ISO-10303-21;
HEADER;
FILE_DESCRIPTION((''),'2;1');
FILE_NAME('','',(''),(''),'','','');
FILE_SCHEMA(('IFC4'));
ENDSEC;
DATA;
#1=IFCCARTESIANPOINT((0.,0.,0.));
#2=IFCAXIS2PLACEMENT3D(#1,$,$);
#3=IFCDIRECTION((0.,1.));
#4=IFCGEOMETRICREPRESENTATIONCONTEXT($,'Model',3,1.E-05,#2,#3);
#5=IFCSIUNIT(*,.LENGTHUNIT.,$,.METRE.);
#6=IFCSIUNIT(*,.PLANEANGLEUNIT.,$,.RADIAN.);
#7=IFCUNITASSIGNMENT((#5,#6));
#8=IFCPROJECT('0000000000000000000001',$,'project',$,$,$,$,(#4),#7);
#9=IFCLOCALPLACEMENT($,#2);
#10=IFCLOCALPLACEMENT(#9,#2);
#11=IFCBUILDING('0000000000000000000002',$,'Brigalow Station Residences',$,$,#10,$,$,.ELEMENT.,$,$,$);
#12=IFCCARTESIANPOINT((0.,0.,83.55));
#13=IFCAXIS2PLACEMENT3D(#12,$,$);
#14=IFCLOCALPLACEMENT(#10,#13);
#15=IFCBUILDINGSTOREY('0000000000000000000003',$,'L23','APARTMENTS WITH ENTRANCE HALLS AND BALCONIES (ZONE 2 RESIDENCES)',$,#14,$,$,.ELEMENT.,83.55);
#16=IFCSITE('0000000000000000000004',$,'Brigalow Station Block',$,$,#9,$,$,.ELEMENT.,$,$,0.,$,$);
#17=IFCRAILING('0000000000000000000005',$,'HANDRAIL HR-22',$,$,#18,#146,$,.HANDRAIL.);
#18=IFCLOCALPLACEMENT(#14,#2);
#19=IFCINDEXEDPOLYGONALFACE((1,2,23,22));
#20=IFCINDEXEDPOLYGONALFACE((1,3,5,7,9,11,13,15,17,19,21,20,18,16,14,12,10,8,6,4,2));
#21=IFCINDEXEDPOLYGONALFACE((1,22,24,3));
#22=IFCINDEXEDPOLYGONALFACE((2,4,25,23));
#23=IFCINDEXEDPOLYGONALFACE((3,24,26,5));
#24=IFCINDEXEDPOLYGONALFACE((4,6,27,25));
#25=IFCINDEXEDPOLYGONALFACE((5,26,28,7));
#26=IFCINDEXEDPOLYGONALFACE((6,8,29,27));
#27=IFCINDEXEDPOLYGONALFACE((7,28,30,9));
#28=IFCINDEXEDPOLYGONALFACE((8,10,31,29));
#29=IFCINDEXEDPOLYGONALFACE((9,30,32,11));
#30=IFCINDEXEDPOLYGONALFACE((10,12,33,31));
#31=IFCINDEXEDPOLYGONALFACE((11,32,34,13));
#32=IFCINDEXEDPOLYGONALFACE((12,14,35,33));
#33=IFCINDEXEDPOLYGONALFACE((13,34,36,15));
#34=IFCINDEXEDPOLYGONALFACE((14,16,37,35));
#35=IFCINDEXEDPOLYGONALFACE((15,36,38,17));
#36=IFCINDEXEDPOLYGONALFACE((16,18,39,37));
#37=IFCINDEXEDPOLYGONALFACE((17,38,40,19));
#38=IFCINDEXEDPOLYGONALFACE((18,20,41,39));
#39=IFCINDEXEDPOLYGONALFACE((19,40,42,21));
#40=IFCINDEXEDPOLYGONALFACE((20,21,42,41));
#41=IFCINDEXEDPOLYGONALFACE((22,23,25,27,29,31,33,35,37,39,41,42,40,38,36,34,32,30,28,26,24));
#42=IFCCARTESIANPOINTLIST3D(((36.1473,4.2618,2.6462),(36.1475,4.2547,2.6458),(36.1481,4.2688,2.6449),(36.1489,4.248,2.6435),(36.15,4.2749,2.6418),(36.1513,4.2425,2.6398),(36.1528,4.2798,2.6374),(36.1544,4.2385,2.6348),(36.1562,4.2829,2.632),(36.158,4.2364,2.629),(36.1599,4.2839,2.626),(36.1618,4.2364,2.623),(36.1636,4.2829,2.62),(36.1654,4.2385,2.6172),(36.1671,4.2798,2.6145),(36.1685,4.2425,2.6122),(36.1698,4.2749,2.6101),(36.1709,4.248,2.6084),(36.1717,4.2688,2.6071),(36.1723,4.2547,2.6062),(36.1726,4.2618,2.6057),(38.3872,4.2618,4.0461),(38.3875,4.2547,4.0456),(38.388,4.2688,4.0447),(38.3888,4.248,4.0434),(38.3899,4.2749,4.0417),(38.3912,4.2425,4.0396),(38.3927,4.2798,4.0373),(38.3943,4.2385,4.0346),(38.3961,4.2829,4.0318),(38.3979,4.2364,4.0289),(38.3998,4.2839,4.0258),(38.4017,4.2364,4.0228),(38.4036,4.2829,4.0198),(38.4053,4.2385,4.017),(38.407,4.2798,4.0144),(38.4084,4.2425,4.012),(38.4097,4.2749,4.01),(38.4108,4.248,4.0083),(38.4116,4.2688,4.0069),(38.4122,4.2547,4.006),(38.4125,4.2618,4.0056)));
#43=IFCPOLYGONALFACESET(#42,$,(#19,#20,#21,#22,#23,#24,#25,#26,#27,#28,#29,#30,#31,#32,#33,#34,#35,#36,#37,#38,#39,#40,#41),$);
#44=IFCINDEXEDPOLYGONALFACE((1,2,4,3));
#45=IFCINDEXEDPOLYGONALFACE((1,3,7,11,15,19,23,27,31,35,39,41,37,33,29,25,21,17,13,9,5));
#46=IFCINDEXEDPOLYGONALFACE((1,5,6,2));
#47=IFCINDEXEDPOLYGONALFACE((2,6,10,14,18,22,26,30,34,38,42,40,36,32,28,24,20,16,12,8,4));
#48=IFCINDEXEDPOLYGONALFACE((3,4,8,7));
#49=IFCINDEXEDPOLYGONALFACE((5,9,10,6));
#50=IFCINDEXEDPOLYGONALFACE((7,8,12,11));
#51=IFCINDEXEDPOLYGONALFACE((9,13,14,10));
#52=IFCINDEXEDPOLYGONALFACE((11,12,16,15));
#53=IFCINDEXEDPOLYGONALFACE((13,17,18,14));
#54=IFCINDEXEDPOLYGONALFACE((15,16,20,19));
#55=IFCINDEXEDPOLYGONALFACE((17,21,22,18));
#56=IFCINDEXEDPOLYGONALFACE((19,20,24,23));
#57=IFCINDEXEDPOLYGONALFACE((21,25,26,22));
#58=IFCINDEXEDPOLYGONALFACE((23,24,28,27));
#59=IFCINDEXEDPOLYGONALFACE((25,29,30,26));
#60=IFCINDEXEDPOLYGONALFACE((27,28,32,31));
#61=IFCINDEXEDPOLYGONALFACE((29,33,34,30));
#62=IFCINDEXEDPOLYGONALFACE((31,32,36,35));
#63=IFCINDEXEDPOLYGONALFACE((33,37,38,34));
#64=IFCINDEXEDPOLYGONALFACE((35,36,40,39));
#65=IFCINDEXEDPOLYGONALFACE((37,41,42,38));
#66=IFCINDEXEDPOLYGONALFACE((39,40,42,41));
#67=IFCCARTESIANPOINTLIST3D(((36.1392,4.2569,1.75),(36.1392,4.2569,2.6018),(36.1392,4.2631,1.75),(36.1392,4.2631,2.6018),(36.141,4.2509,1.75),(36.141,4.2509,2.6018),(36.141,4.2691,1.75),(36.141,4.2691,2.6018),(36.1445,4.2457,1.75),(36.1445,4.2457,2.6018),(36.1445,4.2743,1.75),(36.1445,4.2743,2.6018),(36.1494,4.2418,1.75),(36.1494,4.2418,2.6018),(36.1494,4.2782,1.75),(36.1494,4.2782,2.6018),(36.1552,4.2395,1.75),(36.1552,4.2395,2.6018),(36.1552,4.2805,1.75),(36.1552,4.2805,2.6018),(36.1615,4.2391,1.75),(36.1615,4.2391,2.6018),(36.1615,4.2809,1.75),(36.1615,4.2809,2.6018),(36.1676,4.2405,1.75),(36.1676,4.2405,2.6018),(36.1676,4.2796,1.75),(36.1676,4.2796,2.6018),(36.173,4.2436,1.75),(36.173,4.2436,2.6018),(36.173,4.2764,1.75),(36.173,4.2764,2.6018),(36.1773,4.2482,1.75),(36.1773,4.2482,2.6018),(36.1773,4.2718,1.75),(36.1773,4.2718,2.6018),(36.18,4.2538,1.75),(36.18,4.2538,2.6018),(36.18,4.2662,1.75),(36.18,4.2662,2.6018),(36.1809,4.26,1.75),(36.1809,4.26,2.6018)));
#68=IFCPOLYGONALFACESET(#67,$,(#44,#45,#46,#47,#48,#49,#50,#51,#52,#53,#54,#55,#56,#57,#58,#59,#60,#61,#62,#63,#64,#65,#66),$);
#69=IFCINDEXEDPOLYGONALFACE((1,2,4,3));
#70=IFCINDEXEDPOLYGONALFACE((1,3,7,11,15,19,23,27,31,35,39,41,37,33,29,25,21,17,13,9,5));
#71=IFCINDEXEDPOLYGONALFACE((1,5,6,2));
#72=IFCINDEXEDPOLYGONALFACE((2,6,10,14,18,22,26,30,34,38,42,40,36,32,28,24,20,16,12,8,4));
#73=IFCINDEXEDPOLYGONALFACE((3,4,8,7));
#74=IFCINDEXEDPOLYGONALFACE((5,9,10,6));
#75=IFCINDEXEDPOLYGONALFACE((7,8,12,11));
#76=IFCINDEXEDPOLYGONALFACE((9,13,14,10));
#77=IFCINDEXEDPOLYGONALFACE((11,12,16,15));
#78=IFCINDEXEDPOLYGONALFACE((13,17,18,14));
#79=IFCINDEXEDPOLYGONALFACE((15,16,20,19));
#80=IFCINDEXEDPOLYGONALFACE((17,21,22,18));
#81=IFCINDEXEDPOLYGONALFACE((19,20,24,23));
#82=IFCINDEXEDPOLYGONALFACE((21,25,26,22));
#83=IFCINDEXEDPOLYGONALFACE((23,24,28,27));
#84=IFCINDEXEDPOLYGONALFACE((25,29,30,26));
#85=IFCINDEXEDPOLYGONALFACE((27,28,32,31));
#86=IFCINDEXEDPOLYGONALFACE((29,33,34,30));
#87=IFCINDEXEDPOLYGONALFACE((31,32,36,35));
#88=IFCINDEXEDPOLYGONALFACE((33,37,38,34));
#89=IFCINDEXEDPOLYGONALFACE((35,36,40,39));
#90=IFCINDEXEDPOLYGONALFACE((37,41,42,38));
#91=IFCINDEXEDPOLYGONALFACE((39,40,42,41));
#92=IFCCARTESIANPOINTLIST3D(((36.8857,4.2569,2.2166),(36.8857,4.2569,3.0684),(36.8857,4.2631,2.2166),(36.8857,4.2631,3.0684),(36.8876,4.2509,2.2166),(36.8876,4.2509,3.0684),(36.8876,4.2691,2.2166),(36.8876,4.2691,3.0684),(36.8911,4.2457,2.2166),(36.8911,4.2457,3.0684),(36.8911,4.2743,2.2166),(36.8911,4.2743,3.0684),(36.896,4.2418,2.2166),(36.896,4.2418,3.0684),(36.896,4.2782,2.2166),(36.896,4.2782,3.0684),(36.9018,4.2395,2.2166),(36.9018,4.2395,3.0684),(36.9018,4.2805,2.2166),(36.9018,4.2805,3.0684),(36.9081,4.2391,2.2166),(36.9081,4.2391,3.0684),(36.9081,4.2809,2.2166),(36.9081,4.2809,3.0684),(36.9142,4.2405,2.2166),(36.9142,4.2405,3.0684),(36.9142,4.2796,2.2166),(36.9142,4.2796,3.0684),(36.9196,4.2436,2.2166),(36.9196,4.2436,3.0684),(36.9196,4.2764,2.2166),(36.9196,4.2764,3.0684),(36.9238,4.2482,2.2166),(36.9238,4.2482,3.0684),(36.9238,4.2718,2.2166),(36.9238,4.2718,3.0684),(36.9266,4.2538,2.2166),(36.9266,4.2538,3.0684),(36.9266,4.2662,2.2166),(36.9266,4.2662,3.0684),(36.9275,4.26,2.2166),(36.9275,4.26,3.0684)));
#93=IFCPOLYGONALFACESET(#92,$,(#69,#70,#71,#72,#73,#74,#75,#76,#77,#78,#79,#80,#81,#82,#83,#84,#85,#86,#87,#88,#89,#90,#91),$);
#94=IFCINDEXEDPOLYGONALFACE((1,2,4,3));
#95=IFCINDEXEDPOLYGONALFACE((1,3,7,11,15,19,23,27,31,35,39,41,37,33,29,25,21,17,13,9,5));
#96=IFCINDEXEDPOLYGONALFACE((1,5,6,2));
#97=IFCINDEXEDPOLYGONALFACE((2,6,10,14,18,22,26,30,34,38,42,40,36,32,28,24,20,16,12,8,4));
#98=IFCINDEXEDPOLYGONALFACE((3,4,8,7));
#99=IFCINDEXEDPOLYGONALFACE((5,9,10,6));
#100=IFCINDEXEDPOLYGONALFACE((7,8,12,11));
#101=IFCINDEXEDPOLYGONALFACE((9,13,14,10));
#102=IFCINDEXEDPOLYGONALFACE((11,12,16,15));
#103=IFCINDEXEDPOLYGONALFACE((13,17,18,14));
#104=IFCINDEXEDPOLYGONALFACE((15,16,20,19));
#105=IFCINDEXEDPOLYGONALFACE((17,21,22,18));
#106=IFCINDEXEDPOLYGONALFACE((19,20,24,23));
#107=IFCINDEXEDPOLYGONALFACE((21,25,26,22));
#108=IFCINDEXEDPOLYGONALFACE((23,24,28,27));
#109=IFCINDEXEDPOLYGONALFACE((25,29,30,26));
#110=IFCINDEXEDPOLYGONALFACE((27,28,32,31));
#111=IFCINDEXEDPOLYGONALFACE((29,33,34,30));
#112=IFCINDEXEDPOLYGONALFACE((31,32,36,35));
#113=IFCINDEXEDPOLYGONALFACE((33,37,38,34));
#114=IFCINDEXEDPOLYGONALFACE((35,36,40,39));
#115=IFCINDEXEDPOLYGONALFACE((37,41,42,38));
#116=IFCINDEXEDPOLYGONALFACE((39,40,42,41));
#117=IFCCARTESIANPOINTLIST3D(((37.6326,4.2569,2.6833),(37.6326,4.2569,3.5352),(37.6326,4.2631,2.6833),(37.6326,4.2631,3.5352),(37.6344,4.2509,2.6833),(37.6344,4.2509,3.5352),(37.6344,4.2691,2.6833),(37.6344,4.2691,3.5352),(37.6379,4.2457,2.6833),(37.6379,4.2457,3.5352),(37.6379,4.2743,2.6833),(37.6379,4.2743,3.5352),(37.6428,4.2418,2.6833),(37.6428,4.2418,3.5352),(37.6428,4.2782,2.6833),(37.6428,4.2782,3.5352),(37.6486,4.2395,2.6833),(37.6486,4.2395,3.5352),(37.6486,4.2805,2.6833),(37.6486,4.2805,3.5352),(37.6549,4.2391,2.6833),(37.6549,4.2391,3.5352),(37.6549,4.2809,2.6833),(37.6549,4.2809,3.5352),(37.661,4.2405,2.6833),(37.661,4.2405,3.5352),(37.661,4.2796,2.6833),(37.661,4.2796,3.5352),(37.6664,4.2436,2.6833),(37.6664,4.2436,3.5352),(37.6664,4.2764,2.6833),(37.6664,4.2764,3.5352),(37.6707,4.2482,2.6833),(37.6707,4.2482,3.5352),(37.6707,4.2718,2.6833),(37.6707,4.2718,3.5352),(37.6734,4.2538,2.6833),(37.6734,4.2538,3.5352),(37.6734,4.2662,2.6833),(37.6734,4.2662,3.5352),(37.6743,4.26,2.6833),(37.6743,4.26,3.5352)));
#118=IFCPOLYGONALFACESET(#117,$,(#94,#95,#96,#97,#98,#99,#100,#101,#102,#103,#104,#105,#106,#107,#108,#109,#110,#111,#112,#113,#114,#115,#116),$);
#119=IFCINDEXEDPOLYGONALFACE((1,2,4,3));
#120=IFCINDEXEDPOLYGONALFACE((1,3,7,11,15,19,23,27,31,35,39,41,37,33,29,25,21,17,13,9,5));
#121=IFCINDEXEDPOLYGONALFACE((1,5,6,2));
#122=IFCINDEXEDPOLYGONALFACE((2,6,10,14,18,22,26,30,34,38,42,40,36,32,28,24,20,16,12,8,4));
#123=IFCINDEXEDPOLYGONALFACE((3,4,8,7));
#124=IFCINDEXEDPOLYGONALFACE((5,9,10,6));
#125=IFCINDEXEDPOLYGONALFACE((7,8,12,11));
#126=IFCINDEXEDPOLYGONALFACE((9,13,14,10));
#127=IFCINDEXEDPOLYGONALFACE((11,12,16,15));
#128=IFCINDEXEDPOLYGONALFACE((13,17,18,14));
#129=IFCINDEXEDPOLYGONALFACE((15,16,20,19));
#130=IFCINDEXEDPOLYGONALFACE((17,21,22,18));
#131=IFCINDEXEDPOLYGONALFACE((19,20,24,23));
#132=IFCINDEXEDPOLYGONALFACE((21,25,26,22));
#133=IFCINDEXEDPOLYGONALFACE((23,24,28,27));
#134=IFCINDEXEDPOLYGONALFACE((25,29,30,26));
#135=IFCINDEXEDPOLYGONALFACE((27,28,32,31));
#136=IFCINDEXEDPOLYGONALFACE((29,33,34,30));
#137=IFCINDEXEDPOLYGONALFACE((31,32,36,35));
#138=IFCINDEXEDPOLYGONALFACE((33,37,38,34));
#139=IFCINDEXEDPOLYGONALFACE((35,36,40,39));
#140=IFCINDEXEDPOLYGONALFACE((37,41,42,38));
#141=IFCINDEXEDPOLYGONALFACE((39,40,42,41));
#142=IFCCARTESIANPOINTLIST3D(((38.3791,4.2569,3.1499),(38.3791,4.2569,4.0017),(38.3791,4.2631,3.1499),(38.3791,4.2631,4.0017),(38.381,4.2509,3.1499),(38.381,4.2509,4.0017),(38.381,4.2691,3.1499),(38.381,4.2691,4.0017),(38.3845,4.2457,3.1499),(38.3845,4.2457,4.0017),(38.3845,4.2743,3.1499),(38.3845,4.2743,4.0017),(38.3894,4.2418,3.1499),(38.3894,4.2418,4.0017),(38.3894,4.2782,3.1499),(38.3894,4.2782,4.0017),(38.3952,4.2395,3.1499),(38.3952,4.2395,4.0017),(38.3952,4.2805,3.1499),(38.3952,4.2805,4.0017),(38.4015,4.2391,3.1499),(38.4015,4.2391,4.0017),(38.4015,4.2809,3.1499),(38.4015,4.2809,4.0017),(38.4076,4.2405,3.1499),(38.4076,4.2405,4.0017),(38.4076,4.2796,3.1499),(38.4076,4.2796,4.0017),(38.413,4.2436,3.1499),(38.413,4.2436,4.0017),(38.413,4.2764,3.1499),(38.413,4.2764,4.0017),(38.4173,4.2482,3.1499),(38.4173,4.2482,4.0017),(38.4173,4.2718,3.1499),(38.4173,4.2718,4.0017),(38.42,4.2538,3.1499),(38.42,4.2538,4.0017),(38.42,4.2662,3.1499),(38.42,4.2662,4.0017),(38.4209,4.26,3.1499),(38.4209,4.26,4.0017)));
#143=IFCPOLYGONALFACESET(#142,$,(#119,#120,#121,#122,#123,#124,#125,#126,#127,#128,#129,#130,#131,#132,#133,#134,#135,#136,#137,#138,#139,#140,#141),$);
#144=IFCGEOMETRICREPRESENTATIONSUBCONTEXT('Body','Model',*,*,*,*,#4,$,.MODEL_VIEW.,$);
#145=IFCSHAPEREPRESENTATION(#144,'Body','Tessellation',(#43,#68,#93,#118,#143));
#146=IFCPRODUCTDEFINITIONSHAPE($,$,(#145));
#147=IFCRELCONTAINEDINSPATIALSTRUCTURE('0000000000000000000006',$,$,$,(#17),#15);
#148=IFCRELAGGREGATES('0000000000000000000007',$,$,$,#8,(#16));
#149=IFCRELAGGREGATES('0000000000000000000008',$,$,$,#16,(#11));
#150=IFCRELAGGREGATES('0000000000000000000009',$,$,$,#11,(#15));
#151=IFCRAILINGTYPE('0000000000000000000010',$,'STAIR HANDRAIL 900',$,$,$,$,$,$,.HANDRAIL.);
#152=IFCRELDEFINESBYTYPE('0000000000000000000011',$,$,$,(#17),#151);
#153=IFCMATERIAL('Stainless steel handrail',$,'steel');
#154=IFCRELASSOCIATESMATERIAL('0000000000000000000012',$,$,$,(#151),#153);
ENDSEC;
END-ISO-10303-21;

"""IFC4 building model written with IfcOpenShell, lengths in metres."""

from ifc_helpers import new_model, si_unit, direction, frame, origin, origin_2d, place, context, subcontext, project, spatial, circle, extrude, material, type_object, element, save


model = new_model("IFC4")

# Units and contexts
model_context = context("Model", 3, precision=1e-05, world=origin(), true_north=direction((0.0, 1.0)))
body_context = subcontext(model_context, "Body", "Model", "MODEL_VIEW")
ifc_project = project(units=[si_unit("LENGTHUNIT", "METRE"), si_unit("PLANEANGLEUNIT", "RADIAN")], contexts=[model_context])

# Site, building, storey
site_placement = place(None, origin())
site = spatial("IfcSite", under=ifc_project, at=site_placement, Name="Brigalow Station Block", CompositionType="ELEMENT", RefElevation=0.0)
building_placement = place(site_placement, origin())
building = spatial("IfcBuilding", under=site, at=building_placement, Name="Brigalow Station Residences", CompositionType="ELEMENT")
storey_placement = place(building_placement, frame((0.0, 0.0, 83.55)))
storey = spatial("IfcBuildingStorey", under=building, at=storey_placement, Name="L23", Description="APARTMENTS WITH ENTRANCE HALLS AND BALCONIES (ZONE 2 RESIDENCES)", CompositionType="ELEMENT", Elevation=83.55)

# Railing
ifc_material_1 = material(Name="Stainless steel handrail", Category="steel")
railing_type = type_object("IfcRailingType", Name="STAIR HANDRAIL 900", PredefinedType="HANDRAIL", material=ifc_material_1)
railing_placement = place(storey_placement, frame((36.1599, 4.26, 1.75)))
element("IfcRailing", 1, at=railing_placement, inside=storey, type_object=railing_type, Name="HANDRAIL HR-22", PredefinedType="HANDRAIL", context=body_context, shape_type="SweptSolid", body=[
    extrude(circle(Radius=0.0239, at=origin_2d()), frame((0.0, 0.0, 0.876), z_axis=(0.848014, 0.0, 0.529974), x_axis=(0.0, 1.0, 0.0)), (0.0, 0.0, 1.0), 2.6414),
    extrude(circle(Radius=0.021, at=origin_2d()), origin(), (0.0, 0.0, 1.0), 0.8518),
    extrude(circle(Radius=0.021, at=origin_2d()), frame((0.7466, 0.0, 0.4666)), (0.0, 0.0, 1.0), 0.8518),
    extrude(circle(Radius=0.021, at=origin_2d()), frame((1.4934, 0.0, 0.9333)), (0.0, 0.0, 1.0), 0.8518),
    extrude(circle(Radius=0.021, at=origin_2d()), frame((2.24, 0.0, 1.3999)), (0.0, 0.0, 1.0), 0.8518),
])

save(model, "model.ifc")
